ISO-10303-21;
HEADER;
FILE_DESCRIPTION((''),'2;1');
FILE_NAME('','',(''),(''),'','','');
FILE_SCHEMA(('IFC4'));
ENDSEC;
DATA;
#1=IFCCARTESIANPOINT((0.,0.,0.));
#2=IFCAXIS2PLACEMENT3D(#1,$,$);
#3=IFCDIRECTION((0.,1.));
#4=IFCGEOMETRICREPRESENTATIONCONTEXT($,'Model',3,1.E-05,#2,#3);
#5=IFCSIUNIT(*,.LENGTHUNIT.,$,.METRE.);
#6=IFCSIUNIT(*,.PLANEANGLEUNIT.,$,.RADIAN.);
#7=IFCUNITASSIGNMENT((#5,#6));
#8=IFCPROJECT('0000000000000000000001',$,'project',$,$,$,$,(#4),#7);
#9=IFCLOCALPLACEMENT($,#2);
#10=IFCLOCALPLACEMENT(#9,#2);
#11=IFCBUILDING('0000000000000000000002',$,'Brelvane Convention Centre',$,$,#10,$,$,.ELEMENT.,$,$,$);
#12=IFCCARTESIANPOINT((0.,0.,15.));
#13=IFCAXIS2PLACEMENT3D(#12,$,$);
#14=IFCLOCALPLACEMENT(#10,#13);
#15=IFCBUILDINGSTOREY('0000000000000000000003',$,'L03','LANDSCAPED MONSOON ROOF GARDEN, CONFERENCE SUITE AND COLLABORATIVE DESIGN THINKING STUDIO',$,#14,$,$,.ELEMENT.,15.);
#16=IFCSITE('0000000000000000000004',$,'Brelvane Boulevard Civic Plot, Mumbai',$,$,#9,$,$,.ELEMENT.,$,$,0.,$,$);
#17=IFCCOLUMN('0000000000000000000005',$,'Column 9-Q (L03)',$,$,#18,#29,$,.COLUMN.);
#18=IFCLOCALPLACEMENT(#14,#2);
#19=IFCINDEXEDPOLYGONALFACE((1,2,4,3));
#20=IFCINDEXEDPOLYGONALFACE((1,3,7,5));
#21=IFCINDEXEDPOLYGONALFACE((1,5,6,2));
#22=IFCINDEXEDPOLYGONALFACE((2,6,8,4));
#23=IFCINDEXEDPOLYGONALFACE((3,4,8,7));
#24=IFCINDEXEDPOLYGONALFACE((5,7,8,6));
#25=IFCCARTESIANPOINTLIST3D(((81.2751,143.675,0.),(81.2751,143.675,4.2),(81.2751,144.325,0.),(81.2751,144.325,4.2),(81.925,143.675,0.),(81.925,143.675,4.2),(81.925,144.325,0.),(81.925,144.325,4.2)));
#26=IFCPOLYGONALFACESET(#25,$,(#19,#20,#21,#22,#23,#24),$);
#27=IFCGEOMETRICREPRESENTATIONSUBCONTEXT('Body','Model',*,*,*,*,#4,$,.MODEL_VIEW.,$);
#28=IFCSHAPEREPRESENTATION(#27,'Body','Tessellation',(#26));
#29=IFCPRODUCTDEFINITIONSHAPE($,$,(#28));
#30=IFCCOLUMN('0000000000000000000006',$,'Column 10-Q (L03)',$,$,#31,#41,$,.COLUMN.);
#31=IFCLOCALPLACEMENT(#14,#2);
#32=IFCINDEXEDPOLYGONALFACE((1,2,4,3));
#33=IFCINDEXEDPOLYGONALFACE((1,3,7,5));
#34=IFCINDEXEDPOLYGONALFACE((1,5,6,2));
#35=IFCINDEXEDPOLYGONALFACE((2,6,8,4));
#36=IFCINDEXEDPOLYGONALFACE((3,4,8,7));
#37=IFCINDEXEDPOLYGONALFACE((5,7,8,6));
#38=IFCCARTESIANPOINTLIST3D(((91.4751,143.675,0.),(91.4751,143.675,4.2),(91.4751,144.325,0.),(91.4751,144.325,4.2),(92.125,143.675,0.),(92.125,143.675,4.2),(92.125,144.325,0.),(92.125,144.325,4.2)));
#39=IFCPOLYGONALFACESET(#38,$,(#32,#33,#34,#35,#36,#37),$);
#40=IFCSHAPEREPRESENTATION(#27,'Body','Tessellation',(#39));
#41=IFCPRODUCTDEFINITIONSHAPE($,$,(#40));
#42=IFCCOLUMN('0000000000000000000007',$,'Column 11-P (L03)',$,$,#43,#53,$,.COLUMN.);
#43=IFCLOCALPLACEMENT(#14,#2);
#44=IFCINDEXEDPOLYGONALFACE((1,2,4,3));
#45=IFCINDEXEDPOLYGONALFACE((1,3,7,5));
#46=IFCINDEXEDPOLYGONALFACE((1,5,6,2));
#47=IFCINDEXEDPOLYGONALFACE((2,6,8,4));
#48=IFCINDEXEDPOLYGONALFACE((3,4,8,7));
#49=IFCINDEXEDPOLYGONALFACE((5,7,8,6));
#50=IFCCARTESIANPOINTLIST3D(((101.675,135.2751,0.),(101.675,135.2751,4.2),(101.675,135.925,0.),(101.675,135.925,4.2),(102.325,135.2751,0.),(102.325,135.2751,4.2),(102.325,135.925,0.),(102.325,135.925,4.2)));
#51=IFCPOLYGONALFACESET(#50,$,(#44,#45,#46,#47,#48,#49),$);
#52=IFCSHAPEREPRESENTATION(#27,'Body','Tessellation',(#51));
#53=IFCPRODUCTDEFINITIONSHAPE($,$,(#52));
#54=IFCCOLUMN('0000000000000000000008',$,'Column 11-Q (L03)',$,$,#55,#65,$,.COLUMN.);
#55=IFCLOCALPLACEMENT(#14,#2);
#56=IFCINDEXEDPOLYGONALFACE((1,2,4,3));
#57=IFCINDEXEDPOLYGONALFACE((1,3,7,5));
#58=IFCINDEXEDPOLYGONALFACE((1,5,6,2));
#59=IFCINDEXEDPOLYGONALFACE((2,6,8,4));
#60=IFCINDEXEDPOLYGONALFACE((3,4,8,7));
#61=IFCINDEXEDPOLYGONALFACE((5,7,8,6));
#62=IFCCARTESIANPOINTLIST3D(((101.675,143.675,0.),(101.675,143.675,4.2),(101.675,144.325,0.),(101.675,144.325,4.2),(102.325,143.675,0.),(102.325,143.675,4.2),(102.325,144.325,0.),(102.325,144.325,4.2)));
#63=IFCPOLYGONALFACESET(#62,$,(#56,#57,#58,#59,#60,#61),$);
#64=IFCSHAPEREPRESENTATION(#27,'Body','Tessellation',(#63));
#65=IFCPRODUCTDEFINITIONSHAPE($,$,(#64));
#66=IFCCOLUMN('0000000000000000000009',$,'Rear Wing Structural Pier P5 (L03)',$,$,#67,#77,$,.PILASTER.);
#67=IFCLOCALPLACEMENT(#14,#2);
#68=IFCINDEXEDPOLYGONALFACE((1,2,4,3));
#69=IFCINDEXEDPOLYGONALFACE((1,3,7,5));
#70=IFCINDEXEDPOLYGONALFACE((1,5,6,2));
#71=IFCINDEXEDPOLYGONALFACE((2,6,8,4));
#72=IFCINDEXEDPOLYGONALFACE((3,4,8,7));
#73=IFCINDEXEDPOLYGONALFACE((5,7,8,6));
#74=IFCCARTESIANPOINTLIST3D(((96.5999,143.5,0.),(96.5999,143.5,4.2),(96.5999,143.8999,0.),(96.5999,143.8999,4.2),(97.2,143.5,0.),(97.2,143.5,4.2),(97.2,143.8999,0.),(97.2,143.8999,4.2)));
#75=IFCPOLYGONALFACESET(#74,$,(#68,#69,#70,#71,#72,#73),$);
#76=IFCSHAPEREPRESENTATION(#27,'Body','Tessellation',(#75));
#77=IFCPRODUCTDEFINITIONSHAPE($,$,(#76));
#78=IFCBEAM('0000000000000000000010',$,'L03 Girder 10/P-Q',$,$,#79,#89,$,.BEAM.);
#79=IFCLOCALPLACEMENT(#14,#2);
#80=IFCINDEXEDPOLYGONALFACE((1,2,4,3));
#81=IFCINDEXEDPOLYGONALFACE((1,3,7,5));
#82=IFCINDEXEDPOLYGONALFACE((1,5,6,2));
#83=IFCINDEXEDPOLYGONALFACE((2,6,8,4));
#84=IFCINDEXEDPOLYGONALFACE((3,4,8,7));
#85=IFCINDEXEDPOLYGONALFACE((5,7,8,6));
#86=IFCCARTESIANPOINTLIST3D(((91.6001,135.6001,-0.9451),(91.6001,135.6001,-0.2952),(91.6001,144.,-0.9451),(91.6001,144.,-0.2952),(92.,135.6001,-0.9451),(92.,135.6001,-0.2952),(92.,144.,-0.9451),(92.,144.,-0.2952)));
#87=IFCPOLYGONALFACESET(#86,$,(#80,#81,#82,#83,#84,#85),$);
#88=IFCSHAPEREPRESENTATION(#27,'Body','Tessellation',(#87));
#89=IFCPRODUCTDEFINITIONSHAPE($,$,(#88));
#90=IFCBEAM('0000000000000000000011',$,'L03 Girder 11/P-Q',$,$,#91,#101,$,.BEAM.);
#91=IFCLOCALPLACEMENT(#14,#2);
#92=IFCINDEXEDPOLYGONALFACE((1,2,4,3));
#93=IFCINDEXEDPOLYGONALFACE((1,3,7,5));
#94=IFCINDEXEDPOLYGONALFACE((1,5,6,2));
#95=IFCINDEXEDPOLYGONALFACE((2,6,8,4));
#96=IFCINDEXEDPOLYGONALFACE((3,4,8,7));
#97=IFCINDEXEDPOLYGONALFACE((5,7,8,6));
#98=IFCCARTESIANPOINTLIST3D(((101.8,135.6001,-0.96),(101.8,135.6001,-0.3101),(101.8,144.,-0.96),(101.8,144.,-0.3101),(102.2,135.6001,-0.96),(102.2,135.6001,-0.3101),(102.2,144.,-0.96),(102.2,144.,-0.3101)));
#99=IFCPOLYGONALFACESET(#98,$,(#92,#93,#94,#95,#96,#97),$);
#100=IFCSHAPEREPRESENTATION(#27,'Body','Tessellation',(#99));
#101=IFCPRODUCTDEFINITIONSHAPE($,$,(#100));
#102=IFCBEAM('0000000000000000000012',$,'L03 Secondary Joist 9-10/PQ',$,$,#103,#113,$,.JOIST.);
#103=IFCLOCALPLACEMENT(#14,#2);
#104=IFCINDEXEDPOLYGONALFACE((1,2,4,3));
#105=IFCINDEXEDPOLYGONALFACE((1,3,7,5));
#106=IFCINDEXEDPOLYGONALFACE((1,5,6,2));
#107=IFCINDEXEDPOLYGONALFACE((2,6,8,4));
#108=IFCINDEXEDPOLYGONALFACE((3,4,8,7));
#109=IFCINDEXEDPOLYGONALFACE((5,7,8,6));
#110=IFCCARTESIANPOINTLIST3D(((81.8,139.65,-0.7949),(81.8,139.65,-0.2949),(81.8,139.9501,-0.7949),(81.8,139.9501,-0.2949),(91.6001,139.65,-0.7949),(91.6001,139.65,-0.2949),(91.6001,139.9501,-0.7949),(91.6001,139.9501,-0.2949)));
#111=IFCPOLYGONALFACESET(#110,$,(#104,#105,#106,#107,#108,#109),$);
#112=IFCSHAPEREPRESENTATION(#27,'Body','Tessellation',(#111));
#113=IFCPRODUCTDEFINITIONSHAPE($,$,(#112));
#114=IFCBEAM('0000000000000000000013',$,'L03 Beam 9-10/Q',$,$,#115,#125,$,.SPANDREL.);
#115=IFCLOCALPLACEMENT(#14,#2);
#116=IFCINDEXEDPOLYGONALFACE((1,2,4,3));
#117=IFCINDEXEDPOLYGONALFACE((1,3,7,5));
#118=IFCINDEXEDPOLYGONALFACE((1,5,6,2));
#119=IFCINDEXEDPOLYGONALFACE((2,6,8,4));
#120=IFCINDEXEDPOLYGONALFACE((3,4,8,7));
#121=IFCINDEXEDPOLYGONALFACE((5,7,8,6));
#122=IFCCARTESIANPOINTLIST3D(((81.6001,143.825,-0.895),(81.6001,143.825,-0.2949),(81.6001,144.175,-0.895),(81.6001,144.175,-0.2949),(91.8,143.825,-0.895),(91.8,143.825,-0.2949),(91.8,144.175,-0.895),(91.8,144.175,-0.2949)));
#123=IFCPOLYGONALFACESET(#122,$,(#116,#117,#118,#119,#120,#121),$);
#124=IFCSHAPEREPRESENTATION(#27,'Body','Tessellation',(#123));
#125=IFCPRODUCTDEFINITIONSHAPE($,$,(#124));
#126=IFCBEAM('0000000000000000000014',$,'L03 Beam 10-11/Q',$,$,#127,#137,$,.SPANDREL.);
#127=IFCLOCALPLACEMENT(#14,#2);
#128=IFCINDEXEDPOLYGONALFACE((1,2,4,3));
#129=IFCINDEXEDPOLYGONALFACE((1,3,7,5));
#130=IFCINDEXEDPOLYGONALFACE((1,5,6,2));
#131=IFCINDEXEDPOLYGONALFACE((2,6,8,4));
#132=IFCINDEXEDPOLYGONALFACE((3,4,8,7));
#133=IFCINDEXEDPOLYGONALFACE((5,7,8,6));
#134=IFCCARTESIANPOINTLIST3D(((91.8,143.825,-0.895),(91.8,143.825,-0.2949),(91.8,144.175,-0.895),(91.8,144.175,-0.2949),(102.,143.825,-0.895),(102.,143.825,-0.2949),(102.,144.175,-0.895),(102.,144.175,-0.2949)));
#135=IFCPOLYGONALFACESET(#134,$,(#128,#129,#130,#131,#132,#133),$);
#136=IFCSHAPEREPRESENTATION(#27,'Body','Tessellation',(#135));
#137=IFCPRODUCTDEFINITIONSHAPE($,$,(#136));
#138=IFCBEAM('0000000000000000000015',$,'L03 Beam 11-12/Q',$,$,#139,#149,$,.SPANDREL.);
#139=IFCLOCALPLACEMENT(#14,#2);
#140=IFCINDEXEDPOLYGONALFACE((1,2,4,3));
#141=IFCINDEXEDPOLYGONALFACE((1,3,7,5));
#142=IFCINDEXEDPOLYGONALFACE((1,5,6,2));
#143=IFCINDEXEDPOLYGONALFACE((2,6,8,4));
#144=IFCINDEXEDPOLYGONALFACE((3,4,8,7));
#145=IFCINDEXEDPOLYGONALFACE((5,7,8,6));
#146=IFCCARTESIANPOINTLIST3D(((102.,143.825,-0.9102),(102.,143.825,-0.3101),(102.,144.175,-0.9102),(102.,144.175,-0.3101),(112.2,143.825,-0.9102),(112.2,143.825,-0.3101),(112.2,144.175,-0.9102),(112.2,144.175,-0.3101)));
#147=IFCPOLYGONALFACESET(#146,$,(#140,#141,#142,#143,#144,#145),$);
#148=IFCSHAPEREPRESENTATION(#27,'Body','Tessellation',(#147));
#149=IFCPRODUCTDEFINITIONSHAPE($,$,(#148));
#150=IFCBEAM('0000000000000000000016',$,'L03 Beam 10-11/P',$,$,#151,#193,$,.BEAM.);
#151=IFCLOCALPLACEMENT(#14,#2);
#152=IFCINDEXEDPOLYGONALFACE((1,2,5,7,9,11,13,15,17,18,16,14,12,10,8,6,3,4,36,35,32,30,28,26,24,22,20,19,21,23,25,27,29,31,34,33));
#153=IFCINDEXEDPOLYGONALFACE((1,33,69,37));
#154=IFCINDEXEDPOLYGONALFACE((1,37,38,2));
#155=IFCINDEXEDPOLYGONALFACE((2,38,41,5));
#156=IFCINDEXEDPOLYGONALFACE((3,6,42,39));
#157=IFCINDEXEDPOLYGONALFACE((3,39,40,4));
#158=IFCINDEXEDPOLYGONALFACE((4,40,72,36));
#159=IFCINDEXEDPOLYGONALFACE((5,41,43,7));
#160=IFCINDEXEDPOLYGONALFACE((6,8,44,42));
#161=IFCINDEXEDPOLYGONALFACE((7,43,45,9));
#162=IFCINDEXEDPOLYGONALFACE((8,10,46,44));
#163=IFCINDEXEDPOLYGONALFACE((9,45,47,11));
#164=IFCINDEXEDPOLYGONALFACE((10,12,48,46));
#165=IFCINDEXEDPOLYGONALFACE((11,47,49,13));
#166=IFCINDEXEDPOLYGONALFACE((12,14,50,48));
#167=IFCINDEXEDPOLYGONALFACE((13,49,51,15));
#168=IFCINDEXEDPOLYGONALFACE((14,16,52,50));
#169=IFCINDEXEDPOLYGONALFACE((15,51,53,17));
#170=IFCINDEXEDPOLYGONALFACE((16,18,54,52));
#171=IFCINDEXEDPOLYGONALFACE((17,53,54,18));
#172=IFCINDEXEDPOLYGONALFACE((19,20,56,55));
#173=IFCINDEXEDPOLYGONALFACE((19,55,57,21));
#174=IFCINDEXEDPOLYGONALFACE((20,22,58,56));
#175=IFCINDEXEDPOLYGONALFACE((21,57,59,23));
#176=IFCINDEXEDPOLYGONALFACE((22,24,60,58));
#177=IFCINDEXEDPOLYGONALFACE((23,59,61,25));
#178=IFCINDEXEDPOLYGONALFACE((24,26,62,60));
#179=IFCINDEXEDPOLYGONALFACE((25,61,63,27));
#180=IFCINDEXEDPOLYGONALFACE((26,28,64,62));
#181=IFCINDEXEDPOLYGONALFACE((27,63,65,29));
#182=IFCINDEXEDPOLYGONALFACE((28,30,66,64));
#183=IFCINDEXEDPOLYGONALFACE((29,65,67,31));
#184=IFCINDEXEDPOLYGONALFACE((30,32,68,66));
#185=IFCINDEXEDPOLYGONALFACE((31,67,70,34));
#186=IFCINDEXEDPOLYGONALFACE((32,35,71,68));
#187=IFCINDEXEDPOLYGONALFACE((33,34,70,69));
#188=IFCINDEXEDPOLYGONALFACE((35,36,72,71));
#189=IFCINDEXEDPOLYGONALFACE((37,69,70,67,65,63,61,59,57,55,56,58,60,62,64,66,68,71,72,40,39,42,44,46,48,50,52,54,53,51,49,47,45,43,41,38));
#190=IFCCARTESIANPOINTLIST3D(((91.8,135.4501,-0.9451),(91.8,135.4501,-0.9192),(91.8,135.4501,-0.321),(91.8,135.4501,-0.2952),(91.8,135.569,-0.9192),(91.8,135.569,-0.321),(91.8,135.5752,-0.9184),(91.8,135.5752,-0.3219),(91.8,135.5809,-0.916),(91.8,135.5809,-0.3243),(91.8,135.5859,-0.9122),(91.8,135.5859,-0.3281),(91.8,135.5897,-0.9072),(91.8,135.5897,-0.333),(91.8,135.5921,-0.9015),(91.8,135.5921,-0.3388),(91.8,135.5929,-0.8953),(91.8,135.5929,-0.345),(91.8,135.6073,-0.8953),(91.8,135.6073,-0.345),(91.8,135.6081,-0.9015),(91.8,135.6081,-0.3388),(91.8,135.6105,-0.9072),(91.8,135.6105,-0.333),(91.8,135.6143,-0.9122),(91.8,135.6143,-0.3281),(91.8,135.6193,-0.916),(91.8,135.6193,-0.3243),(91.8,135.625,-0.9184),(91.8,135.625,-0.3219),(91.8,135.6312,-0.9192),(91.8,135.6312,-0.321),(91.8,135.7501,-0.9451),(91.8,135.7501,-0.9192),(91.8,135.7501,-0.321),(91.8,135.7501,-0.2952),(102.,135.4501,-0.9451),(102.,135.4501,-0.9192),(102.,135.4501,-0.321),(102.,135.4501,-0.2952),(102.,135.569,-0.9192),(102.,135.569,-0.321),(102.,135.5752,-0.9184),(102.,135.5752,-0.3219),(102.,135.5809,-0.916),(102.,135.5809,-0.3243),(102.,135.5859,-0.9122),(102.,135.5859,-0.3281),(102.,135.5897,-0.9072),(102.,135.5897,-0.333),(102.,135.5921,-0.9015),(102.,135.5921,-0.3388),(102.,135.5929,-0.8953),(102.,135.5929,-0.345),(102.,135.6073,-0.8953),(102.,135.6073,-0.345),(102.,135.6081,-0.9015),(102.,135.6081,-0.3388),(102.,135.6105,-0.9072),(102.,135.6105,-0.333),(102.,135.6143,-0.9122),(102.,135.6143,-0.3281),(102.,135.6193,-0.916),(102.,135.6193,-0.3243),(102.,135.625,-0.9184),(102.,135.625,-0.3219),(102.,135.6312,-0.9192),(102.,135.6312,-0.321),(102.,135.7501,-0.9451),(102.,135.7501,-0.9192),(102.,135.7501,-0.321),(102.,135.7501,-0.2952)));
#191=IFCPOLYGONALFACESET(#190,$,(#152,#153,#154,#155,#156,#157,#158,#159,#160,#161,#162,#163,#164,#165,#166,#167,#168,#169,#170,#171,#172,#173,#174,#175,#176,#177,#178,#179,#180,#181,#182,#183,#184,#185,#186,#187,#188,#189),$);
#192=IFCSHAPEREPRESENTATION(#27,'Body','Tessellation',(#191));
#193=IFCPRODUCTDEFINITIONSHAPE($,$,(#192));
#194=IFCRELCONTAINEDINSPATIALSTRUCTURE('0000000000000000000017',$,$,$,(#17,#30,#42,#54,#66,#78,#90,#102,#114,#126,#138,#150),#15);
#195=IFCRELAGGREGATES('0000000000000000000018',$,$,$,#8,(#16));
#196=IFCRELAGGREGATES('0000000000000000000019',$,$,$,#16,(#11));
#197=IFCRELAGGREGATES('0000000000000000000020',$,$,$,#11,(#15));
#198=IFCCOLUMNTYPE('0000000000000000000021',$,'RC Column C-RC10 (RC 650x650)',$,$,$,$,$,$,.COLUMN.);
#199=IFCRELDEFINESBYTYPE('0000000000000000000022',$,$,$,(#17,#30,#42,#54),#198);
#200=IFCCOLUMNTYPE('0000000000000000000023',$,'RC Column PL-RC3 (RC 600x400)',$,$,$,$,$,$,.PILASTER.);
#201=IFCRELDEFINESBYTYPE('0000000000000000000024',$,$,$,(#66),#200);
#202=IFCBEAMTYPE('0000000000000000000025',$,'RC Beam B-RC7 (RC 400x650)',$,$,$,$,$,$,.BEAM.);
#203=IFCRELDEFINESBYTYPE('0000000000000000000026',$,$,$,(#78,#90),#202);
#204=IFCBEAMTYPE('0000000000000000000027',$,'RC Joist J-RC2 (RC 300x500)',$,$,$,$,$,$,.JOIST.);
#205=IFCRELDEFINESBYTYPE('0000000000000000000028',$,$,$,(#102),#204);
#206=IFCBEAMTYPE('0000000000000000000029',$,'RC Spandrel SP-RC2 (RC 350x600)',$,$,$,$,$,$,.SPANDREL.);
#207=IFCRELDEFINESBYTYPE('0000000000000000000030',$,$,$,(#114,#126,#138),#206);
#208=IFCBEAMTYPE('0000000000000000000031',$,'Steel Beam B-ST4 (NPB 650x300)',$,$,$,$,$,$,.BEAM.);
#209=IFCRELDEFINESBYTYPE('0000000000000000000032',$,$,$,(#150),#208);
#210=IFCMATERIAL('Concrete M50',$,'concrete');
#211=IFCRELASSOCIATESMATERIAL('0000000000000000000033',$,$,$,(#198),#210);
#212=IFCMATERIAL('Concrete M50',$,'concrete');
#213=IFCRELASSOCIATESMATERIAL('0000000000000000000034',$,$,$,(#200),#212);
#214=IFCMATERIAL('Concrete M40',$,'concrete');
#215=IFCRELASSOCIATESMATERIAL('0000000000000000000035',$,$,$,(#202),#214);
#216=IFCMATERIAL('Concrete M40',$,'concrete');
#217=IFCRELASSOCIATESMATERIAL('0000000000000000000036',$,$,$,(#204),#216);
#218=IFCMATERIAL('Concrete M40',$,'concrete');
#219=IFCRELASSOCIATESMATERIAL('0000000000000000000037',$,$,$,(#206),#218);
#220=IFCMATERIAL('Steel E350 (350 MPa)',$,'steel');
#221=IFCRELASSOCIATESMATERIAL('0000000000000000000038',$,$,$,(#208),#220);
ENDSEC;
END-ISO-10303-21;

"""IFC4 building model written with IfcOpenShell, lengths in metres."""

from ifc_helpers import new_model, si_unit, direction, frame, origin, origin_2d, place, context, subcontext, project, spatial, rectangle, i_section, extrude, material, material_profile, profile_set, type_object, element, save


model = new_model("IFC4")

# Units and contexts
model_context = context("Model", 3, precision=1e-05, world=origin(), true_north=direction((0.0, 1.0)))
body_context = subcontext(model_context, "Body", "Model", "MODEL_VIEW")
ifc_project = project(units=[si_unit("LENGTHUNIT", "METRE"), si_unit("PLANEANGLEUNIT", "RADIAN")], contexts=[model_context])

# Site, building, storey
site_placement = place(None, origin())
site = spatial("IfcSite", under=ifc_project, at=site_placement, Name="Brelvane Boulevard Civic Plot, Mumbai", CompositionType="ELEMENT", RefElevation=0.0)
building_placement = place(site_placement, origin())
building = spatial("IfcBuilding", under=site, at=building_placement, Name="Brelvane Convention Centre", CompositionType="ELEMENT")
storey_placement = place(building_placement, frame((0.0, 0.0, 15.0)))
storey = spatial("IfcBuildingStorey", under=building, at=storey_placement, Name="L03", Description="LANDSCAPED MONSOON ROOF GARDEN, CONFERENCE SUITE AND COLLABORATIVE DESIGN THINKING STUDIO", CompositionType="ELEMENT", Elevation=15.0)

# Columns
ifc_material_1 = material(Name="Concrete M50", Category="concrete")
ifc_material_profile_1 = material_profile(ifc_material_1, rectangle(XDim=0.6499, YDim=0.6499, at=origin_2d()), Name="RC 650x650")
ifc_profile_set_1 = profile_set([ifc_material_profile_1], Name="Concrete M50")
column_type_1 = type_object("IfcColumnType", Name="RC Column C-RC10 (RC 650x650)", PredefinedType="COLUMN", material=ifc_profile_set_1)
for number, where, z_axis, x_axis, name in (
    (1, (81.6001, 144.0, 0.0), (0.0, 0.0, 1.0), (1.0, 0.0, 0.0), "Column 9-Q (L03)"),
    (2, (91.8, 144.0, 0.0), (0.0, 0.0, 1.0), (1.0, 0.0, 0.0), "Column 10-Q (L03)"),
    (3, (102.0, 135.6001, 0.0), (0.0, 0.0, 1.0), (1.0, 0.0, 0.0), "Column 11-P (L03)"),
    (4, (102.0, 144.0, 0.0), (0.0, 0.0, 1.0), (1.0, 0.0, 0.0), "Column 11-Q (L03)"),
):
    element("IfcColumn", number, at=place(storey_placement, frame(where, z_axis=z_axis, x_axis=x_axis)), inside=storey, type_object=column_type_1, Name=name, PredefinedType="COLUMN", context=body_context, shape_type="SweptSolid", body=[
        extrude(rectangle(XDim=0.6499, YDim=0.6499, at=origin_2d()), origin(), (0.0, 0.0, 1.0), 4.2),
    ])
ifc_material_2 = material(Name="Concrete M50", Category="concrete")
ifc_material_profile_2 = material_profile(ifc_material_2, rectangle(XDim=0.6001, YDim=0.3999, at=origin_2d()), Name="RC 600x400")
ifc_profile_set_2 = profile_set([ifc_material_profile_2], Name="Concrete M50")
column_type_2 = type_object("IfcColumnType", Name="RC Column PL-RC3 (RC 600x400)", PredefinedType="PILASTER", material=ifc_profile_set_2)
column_placement = place(storey_placement, frame((96.8999, 143.7, 0.0), z_axis=(0.0, 0.0, 1.0), x_axis=(1.0, 0.0, 0.0)))
element("IfcColumn", 5, at=column_placement, inside=storey, type_object=column_type_2, Name="Rear Wing Structural Pier P5 (L03)", PredefinedType="PILASTER", context=body_context, shape_type="SweptSolid", body=[
    extrude(rectangle(XDim=0.6001, YDim=0.3999, at=origin_2d()), origin(), (0.0, 0.0, 1.0), 4.2),
])

# Beams
ifc_material_3 = material(Name="Concrete M40", Category="concrete")
ifc_material_profile_3 = material_profile(ifc_material_3, rectangle(XDim=0.3999, YDim=0.6499, at=origin_2d()), Name="RC 400x650")
ifc_profile_set_3 = profile_set([ifc_material_profile_3], Name="Concrete M40")
beam_type_1 = type_object("IfcBeamType", Name="RC Beam B-RC7 (RC 400x650)", PredefinedType="BEAM", material=ifc_profile_set_3)
for number, where, z_axis, x_axis, name in (
    (6, (91.8, 135.6001, -0.6201), (0.0, 1.0, 0.0), (-1.0, 0.0, 0.0), "L03 Girder 10/P-Q"),
    (7, (102.0, 135.6001, -0.635), (0.0, 1.0, 0.0), (-1.0, 0.0, 0.0), "L03 Girder 11/P-Q"),
):
    element("IfcBeam", number, at=place(storey_placement, frame(where, z_axis=z_axis, x_axis=x_axis)), inside=storey, type_object=beam_type_1, Name=name, PredefinedType="BEAM", context=body_context, shape_type="SweptSolid", body=[
        extrude(rectangle(XDim=0.3999, YDim=0.6499, at=origin_2d()), origin(), (0.0, 0.0, 1.0), 8.3999),
    ])
ifc_material_4 = material(Name="Concrete M40", Category="concrete")
ifc_material_profile_4 = material_profile(ifc_material_4, rectangle(XDim=0.3, YDim=0.5, at=origin_2d()), Name="RC 300x500")
ifc_profile_set_4 = profile_set([ifc_material_profile_4], Name="Concrete M40")
beam_type_2 = type_object("IfcBeamType", Name="RC Joist J-RC2 (RC 300x500)", PredefinedType="JOIST", material=ifc_profile_set_4)
beam_placement = place(storey_placement, frame((81.8, 139.8, -0.5449), z_axis=(1.0, 0.0, 0.0), x_axis=(0.0, 1.0, 0.0)))
element("IfcBeam", 8, at=beam_placement, inside=storey, type_object=beam_type_2, Name="L03 Secondary Joist 9-10/PQ", PredefinedType="JOIST", context=body_context, shape_type="SweptSolid", body=[
    extrude(rectangle(XDim=0.3, YDim=0.5, at=origin_2d()), origin(), (0.0, 0.0, 1.0), 9.8),
])
ifc_material_5 = material(Name="Concrete M40", Category="concrete")
ifc_material_profile_5 = material_profile(ifc_material_5, rectangle(XDim=0.3501, YDim=0.6001, at=origin_2d()), Name="RC 350x600")
ifc_profile_set_5 = profile_set([ifc_material_profile_5], Name="Concrete M40")
beam_type_3 = type_object("IfcBeamType", Name="RC Spandrel SP-RC2 (RC 350x600)", PredefinedType="SPANDREL", material=ifc_profile_set_5)
for number, where, z_axis, x_axis, name in (
    (9, (81.6001, 144.0, -0.595), (1.0, 0.0, 0.0), (0.0, 1.0, 0.0), "L03 Beam 9-10/Q"),
    (10, (91.8, 144.0, -0.595), (1.0, 0.0, 0.0), (0.0, 1.0, 0.0), "L03 Beam 10-11/Q"),
    (11, (102.0, 144.0, -0.6101), (1.0, 0.0, 0.0), (0.0, 1.0, 0.0), "L03 Beam 11-12/Q"),
):
    element("IfcBeam", number, at=place(storey_placement, frame(where, z_axis=z_axis, x_axis=x_axis)), inside=storey, type_object=beam_type_3, Name=name, PredefinedType="SPANDREL", context=body_context, shape_type="SweptSolid", body=[
        extrude(rectangle(XDim=0.3501, YDim=0.6001, at=origin_2d()), origin(), (0.0, 0.0, 1.0), 10.2),
    ])
ifc_material_6 = material(Name="Steel E350 (350 MPa)", Category="steel")
ifc_material_profile_6 = material_profile(ifc_material_6, i_section(OverallWidth=0.3, OverallDepth=0.6499, WebThickness=0.0144, FlangeThickness=0.0259, FilletRadius=0.0239, at=origin_2d()), Name="NPB 650x300")
ifc_profile_set_6 = profile_set([ifc_material_profile_6], Name="Steel E350 (350 MPa)")
beam_type_4 = type_object("IfcBeamType", Name="Steel Beam B-ST4 (NPB 650x300)", PredefinedType="BEAM", material=ifc_profile_set_6)
for number, where, z_axis, x_axis, name in (
    (12, (91.8, 135.6001, -0.6201), (1.0, 0.0, 0.0), (0.0, 1.0, 0.0), "L03 Beam 10-11/P"),
):
    element("IfcBeam", number, at=place(storey_placement, frame(where, z_axis=z_axis, x_axis=x_axis)), inside=storey, type_object=beam_type_4, Name=name, PredefinedType="BEAM", context=body_context, shape_type="SweptSolid", body=[
        extrude(i_section(OverallWidth=0.3, OverallDepth=0.6499, WebThickness=0.0144, FlangeThickness=0.0259, FilletRadius=0.0239, at=origin_2d()), origin(), (0.0, 0.0, 1.0), 10.2),
    ])

save(model, "model.ifc")
